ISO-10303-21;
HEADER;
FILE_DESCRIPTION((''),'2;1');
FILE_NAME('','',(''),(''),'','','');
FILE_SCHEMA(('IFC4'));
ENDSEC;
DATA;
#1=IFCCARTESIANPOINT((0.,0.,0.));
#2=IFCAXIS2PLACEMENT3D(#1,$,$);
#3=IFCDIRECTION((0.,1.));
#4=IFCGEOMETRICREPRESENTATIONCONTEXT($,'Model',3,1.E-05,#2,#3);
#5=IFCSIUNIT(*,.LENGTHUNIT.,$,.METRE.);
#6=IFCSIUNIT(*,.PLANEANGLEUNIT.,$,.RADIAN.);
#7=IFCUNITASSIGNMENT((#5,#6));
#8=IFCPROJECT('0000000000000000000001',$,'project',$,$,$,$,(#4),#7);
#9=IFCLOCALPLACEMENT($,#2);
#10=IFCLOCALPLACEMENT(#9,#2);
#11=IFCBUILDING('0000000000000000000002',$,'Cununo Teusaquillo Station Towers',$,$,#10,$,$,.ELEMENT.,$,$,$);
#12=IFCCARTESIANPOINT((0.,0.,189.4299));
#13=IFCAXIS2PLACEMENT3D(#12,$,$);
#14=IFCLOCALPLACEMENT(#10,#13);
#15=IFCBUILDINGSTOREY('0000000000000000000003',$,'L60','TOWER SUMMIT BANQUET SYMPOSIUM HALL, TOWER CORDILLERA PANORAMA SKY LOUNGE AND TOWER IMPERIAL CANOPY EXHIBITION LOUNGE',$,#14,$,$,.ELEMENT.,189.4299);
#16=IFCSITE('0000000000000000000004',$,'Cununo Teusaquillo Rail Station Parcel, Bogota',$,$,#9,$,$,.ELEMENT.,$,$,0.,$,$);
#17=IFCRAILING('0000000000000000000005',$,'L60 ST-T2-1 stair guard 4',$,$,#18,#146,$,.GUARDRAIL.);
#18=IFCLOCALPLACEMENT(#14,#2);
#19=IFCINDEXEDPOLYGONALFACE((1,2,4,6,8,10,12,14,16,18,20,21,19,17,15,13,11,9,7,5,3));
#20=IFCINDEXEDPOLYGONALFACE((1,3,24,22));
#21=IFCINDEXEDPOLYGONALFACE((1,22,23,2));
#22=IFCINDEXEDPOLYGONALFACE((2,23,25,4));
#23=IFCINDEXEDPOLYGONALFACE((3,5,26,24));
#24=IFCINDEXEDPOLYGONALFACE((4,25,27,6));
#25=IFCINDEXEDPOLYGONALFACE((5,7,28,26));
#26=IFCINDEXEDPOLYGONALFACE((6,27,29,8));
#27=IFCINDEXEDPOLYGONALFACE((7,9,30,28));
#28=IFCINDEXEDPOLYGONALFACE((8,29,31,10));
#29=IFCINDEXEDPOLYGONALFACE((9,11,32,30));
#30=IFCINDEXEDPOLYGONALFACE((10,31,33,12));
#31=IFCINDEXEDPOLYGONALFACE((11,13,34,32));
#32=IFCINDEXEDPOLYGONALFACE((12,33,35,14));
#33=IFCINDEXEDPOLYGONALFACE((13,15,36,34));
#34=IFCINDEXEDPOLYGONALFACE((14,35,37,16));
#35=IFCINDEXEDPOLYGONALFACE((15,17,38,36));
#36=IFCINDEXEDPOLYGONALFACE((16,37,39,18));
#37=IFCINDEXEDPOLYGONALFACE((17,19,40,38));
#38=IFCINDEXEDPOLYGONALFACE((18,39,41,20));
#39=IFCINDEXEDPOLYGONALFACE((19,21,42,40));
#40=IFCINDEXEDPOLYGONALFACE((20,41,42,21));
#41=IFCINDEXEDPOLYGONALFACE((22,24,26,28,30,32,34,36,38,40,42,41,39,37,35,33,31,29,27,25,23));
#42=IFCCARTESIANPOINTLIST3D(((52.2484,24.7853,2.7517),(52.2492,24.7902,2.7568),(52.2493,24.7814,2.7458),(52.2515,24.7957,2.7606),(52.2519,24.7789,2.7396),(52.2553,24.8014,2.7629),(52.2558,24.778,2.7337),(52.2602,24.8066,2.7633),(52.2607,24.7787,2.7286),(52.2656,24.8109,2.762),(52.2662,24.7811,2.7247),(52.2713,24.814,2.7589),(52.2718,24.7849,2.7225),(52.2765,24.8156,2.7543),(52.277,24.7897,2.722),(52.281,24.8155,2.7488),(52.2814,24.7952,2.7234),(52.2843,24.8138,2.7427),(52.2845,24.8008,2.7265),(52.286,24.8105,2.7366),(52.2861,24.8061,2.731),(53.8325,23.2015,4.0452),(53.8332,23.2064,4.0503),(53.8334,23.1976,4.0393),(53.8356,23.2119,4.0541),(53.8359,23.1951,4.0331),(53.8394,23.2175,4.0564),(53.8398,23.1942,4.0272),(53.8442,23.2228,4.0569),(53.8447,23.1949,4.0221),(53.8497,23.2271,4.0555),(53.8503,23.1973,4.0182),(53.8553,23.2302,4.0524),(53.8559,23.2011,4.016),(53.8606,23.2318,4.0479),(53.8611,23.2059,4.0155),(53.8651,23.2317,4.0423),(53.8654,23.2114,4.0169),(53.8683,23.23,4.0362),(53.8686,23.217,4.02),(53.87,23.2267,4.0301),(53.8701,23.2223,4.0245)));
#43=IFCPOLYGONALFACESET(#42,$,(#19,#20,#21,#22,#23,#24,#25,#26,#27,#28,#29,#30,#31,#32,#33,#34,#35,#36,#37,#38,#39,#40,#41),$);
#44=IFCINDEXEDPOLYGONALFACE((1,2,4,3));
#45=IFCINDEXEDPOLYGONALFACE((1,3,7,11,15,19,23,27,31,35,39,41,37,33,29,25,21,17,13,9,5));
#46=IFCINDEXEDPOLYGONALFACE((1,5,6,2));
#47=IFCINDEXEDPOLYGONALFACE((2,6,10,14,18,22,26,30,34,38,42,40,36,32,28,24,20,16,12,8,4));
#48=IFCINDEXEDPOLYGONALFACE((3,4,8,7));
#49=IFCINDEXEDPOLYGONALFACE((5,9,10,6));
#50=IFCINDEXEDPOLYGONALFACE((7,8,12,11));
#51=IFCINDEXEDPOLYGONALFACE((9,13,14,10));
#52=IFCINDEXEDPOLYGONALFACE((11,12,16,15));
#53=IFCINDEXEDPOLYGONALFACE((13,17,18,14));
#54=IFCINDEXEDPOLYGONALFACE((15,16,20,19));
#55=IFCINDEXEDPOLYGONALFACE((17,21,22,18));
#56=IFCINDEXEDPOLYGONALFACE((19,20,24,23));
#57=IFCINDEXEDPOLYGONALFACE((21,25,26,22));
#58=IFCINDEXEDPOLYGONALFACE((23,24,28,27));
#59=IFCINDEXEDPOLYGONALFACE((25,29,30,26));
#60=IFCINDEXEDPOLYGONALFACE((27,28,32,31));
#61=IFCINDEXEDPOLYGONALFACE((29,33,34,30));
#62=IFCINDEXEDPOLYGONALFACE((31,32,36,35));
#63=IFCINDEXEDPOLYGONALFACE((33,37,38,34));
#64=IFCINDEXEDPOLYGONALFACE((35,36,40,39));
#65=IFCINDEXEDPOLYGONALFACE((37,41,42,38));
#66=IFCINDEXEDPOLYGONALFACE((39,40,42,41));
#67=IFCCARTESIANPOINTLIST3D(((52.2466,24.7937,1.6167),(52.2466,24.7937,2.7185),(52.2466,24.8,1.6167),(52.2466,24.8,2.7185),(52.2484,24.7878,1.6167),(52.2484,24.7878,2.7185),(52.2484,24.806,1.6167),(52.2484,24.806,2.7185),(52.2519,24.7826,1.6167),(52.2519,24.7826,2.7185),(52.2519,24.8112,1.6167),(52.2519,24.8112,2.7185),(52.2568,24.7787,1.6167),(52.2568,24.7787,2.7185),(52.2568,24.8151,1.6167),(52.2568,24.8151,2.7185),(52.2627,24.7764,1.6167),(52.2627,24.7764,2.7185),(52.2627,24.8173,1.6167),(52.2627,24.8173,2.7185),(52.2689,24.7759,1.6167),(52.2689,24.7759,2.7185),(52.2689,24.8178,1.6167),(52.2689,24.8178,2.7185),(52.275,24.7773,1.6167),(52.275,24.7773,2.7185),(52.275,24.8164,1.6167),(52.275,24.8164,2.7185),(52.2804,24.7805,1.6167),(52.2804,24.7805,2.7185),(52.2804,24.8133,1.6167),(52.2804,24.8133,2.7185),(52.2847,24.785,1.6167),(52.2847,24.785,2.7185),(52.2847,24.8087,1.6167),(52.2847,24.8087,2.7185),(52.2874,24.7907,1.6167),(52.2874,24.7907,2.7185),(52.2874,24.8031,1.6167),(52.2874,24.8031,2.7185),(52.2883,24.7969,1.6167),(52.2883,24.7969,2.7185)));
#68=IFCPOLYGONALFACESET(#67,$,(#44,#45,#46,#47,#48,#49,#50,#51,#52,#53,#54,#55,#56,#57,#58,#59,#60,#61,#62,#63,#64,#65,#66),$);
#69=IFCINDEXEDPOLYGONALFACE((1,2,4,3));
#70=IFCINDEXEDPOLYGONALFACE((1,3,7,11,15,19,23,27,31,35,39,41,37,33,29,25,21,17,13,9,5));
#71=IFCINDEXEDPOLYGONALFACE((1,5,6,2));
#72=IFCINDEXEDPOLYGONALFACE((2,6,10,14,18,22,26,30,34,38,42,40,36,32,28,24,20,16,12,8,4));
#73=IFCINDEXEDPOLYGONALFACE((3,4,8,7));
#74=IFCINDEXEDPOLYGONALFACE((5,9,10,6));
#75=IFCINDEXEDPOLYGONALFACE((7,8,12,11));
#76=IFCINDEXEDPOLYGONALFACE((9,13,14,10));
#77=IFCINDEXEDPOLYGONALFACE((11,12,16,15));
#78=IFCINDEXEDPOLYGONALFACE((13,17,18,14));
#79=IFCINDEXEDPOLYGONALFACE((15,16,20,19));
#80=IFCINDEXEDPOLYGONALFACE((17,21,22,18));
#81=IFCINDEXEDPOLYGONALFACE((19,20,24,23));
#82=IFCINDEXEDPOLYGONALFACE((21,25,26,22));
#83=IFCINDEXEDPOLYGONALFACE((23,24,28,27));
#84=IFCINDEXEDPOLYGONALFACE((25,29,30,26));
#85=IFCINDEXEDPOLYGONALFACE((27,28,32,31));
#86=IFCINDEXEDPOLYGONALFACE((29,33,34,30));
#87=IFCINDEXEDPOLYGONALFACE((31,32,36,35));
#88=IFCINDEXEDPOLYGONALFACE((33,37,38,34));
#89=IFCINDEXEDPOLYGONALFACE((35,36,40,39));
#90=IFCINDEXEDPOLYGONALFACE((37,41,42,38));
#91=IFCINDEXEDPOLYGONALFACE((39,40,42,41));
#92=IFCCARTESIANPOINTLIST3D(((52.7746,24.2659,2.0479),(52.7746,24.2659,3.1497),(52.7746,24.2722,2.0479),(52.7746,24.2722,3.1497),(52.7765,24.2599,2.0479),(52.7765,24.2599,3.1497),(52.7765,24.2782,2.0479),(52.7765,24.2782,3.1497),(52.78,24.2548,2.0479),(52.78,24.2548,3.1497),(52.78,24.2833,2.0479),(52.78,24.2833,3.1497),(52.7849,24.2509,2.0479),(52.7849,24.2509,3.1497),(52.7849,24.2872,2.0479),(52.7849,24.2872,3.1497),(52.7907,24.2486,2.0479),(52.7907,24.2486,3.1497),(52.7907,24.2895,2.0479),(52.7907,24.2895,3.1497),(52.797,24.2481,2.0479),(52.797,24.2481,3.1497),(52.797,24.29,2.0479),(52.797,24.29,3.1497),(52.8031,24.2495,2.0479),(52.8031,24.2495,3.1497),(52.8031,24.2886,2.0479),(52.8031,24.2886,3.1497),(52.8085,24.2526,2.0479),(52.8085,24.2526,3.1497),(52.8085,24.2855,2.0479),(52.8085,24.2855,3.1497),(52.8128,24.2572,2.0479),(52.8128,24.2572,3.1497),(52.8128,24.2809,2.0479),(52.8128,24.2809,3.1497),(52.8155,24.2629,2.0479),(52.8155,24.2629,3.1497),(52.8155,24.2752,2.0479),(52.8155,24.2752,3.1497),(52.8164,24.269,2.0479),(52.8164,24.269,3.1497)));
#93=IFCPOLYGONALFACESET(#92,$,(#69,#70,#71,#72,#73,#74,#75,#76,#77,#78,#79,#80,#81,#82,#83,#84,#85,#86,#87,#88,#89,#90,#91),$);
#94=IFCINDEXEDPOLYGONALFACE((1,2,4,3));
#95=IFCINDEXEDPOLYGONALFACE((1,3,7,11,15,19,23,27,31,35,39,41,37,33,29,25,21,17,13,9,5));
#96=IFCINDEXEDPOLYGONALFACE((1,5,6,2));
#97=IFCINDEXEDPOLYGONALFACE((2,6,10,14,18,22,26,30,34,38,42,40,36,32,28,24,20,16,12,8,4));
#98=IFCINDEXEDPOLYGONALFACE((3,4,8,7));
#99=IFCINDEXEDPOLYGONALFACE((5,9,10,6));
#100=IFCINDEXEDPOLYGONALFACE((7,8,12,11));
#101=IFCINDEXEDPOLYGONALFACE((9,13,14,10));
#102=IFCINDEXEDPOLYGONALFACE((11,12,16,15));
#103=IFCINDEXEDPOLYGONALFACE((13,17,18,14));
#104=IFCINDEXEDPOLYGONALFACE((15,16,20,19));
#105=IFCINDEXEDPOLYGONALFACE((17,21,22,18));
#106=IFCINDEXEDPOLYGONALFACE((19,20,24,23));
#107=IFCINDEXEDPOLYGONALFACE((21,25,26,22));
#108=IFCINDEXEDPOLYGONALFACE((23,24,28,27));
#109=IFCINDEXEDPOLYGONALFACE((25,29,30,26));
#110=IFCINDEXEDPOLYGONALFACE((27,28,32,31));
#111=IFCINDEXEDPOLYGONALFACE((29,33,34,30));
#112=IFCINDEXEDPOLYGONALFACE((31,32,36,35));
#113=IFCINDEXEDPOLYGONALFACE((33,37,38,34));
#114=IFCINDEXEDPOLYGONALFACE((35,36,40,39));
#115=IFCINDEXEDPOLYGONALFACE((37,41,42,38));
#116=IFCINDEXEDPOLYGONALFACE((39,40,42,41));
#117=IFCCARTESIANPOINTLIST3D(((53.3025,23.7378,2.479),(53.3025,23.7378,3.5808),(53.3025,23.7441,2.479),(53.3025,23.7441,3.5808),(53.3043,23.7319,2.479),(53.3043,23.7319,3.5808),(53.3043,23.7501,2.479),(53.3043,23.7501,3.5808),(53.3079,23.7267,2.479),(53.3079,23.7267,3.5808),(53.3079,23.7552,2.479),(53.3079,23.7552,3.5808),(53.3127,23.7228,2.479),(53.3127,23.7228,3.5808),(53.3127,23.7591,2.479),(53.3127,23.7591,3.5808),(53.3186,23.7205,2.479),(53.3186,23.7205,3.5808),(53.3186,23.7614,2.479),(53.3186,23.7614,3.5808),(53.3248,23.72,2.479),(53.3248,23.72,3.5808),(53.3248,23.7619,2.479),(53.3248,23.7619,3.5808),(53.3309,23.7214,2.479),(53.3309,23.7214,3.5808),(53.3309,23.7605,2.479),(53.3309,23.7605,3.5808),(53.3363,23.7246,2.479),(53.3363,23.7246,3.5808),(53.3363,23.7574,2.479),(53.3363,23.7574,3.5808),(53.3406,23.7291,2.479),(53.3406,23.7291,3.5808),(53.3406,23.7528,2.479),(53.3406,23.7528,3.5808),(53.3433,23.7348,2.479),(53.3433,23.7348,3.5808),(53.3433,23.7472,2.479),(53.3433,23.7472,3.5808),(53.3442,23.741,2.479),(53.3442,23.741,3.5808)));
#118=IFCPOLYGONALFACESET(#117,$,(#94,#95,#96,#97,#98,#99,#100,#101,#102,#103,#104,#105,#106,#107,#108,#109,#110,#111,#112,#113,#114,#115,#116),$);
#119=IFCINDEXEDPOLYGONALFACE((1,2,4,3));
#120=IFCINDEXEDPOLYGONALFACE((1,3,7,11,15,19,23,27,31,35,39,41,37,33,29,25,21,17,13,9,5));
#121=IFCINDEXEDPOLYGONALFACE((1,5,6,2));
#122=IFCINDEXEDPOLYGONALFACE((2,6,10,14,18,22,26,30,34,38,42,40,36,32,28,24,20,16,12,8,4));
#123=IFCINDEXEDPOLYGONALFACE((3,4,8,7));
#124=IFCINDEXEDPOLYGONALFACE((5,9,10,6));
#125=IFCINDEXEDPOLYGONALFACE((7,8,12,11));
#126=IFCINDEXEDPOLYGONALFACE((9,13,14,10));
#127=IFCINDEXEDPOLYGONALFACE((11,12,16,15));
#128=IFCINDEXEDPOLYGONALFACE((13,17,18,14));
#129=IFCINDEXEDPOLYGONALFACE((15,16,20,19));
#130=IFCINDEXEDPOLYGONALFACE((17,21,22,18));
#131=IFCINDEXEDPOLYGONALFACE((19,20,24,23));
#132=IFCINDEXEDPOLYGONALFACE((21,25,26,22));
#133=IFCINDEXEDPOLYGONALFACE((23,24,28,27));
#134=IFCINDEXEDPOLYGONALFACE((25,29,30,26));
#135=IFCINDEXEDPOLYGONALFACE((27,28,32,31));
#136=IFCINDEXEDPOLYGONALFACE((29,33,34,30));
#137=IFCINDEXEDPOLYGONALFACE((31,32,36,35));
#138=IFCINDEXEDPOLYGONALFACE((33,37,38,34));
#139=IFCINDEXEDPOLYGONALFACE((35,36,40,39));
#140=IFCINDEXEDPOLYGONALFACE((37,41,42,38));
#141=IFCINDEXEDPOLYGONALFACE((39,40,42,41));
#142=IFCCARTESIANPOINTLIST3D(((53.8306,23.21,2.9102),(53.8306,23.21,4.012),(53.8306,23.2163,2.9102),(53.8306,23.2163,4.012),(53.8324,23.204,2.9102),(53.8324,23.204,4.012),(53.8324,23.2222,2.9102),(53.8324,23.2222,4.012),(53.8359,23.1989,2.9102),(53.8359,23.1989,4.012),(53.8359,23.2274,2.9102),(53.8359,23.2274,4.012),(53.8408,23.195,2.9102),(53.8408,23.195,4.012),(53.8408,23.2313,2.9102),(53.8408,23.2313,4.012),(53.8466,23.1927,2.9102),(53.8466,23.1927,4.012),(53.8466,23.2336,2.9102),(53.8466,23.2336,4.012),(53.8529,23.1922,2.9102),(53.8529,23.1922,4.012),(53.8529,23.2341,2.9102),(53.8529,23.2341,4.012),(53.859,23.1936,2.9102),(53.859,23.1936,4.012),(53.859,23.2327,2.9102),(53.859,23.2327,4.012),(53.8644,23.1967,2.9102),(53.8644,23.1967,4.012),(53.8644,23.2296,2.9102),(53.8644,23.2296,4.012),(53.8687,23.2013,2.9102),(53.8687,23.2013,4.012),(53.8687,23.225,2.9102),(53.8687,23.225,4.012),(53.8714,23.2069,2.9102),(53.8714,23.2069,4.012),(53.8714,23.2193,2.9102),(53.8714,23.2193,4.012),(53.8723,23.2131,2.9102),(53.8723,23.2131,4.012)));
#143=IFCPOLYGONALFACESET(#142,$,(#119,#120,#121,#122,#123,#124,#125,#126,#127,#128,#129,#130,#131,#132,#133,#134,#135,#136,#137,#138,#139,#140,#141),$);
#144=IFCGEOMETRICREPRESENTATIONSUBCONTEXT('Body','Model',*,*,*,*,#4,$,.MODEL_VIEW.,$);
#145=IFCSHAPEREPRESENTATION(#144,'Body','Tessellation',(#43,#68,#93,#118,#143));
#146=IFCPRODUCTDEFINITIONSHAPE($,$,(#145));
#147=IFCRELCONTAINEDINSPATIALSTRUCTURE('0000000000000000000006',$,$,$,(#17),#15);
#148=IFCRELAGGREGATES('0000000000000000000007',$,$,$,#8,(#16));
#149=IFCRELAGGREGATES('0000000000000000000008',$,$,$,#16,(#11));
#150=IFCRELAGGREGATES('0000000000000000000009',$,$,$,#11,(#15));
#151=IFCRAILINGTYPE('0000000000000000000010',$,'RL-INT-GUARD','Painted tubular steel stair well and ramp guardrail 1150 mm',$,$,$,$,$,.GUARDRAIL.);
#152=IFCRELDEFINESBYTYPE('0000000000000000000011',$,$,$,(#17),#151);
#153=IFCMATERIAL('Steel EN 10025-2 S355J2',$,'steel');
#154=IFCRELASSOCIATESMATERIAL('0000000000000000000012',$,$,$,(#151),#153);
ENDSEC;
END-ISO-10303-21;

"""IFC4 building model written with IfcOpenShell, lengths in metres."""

from ifc_helpers import new_model, si_unit, direction, frame, origin, origin_2d, place, context, subcontext, project, spatial, circle, extrude, material, type_object, element, save


model = new_model("IFC4")

# Units and contexts
model_context = context("Model", 3, precision=1e-05, world=origin(), true_north=direction((0.0, 1.0)))
body_context = subcontext(model_context, "Body", "Model", "MODEL_VIEW")
ifc_project = project(units=[si_unit("LENGTHUNIT", "METRE"), si_unit("PLANEANGLEUNIT", "RADIAN")], contexts=[model_context])

# Site, building, storey
site_placement = place(None, origin())
site = spatial("IfcSite", under=ifc_project, at=site_placement, Name="Cununo Teusaquillo Rail Station Parcel, Bogota", CompositionType="ELEMENT", RefElevation=0.0)
building_placement = place(site_placement, origin())
building = spatial("IfcBuilding", under=site, at=building_placement, Name="Cununo Teusaquillo Station Towers", CompositionType="ELEMENT")
storey_placement = place(building_placement, frame((0.0, 0.0, 189.4299)))
storey = spatial("IfcBuildingStorey", under=building, at=storey_placement, Name="L60", Description="TOWER SUMMIT BANQUET SYMPOSIUM HALL, TOWER CORDILLERA PANORAMA SKY LOUNGE AND TOWER IMPERIAL CANOPY EXHIBITION LOUNGE", CompositionType="ELEMENT", Elevation=189.4299)

# Railing
ifc_material_1 = material(Name="Steel EN 10025-2 S355J2", Category="steel")
railing_type_1 = type_object("IfcRailingType", Name="RL-INT-GUARD", Description="Painted tubular steel stair well and ramp guardrail 1150 mm", PredefinedType="GUARDRAIL", material=ifc_material_1)
railing_1_placement = place(storey_placement, frame((52.2673, 24.7969, 1.6167)))
element("IfcRailing", 1, at=railing_1_placement, inside=storey, type_object=railing_type_1, Name="L60 ST-T2-1 stair guard 4", PredefinedType="GUARDRAIL", context=body_context, shape_type="SweptSolid", body=[
    extrude(circle(Radius=0.0239, at=origin_2d()), frame((0.0, 0.0, 1.126), z_axis=(0.612391, -0.612297, 0.500069), x_axis=(0.707052, 0.707161, 0.0)), (0.0, 0.0, 1.0), 2.5867),
    extrude(circle(Radius=0.021, at=origin_2d()), origin(), (0.0, 0.0, 1.0), 1.1018),
    extrude(circle(Radius=0.021, at=origin_2d()), frame((0.5281, -0.5278, 0.4312)), (0.0, 0.0, 1.0), 1.1018),
    extrude(circle(Radius=0.021, at=origin_2d()), frame((1.0559, -1.0559, 0.8623)), (0.0, 0.0, 1.0), 1.1018),
    extrude(circle(Radius=0.021, at=origin_2d()), frame((1.584, -1.5837, 1.2935)), (0.0, 0.0, 1.0), 1.1018),
])

save(model, "model.ifc")
